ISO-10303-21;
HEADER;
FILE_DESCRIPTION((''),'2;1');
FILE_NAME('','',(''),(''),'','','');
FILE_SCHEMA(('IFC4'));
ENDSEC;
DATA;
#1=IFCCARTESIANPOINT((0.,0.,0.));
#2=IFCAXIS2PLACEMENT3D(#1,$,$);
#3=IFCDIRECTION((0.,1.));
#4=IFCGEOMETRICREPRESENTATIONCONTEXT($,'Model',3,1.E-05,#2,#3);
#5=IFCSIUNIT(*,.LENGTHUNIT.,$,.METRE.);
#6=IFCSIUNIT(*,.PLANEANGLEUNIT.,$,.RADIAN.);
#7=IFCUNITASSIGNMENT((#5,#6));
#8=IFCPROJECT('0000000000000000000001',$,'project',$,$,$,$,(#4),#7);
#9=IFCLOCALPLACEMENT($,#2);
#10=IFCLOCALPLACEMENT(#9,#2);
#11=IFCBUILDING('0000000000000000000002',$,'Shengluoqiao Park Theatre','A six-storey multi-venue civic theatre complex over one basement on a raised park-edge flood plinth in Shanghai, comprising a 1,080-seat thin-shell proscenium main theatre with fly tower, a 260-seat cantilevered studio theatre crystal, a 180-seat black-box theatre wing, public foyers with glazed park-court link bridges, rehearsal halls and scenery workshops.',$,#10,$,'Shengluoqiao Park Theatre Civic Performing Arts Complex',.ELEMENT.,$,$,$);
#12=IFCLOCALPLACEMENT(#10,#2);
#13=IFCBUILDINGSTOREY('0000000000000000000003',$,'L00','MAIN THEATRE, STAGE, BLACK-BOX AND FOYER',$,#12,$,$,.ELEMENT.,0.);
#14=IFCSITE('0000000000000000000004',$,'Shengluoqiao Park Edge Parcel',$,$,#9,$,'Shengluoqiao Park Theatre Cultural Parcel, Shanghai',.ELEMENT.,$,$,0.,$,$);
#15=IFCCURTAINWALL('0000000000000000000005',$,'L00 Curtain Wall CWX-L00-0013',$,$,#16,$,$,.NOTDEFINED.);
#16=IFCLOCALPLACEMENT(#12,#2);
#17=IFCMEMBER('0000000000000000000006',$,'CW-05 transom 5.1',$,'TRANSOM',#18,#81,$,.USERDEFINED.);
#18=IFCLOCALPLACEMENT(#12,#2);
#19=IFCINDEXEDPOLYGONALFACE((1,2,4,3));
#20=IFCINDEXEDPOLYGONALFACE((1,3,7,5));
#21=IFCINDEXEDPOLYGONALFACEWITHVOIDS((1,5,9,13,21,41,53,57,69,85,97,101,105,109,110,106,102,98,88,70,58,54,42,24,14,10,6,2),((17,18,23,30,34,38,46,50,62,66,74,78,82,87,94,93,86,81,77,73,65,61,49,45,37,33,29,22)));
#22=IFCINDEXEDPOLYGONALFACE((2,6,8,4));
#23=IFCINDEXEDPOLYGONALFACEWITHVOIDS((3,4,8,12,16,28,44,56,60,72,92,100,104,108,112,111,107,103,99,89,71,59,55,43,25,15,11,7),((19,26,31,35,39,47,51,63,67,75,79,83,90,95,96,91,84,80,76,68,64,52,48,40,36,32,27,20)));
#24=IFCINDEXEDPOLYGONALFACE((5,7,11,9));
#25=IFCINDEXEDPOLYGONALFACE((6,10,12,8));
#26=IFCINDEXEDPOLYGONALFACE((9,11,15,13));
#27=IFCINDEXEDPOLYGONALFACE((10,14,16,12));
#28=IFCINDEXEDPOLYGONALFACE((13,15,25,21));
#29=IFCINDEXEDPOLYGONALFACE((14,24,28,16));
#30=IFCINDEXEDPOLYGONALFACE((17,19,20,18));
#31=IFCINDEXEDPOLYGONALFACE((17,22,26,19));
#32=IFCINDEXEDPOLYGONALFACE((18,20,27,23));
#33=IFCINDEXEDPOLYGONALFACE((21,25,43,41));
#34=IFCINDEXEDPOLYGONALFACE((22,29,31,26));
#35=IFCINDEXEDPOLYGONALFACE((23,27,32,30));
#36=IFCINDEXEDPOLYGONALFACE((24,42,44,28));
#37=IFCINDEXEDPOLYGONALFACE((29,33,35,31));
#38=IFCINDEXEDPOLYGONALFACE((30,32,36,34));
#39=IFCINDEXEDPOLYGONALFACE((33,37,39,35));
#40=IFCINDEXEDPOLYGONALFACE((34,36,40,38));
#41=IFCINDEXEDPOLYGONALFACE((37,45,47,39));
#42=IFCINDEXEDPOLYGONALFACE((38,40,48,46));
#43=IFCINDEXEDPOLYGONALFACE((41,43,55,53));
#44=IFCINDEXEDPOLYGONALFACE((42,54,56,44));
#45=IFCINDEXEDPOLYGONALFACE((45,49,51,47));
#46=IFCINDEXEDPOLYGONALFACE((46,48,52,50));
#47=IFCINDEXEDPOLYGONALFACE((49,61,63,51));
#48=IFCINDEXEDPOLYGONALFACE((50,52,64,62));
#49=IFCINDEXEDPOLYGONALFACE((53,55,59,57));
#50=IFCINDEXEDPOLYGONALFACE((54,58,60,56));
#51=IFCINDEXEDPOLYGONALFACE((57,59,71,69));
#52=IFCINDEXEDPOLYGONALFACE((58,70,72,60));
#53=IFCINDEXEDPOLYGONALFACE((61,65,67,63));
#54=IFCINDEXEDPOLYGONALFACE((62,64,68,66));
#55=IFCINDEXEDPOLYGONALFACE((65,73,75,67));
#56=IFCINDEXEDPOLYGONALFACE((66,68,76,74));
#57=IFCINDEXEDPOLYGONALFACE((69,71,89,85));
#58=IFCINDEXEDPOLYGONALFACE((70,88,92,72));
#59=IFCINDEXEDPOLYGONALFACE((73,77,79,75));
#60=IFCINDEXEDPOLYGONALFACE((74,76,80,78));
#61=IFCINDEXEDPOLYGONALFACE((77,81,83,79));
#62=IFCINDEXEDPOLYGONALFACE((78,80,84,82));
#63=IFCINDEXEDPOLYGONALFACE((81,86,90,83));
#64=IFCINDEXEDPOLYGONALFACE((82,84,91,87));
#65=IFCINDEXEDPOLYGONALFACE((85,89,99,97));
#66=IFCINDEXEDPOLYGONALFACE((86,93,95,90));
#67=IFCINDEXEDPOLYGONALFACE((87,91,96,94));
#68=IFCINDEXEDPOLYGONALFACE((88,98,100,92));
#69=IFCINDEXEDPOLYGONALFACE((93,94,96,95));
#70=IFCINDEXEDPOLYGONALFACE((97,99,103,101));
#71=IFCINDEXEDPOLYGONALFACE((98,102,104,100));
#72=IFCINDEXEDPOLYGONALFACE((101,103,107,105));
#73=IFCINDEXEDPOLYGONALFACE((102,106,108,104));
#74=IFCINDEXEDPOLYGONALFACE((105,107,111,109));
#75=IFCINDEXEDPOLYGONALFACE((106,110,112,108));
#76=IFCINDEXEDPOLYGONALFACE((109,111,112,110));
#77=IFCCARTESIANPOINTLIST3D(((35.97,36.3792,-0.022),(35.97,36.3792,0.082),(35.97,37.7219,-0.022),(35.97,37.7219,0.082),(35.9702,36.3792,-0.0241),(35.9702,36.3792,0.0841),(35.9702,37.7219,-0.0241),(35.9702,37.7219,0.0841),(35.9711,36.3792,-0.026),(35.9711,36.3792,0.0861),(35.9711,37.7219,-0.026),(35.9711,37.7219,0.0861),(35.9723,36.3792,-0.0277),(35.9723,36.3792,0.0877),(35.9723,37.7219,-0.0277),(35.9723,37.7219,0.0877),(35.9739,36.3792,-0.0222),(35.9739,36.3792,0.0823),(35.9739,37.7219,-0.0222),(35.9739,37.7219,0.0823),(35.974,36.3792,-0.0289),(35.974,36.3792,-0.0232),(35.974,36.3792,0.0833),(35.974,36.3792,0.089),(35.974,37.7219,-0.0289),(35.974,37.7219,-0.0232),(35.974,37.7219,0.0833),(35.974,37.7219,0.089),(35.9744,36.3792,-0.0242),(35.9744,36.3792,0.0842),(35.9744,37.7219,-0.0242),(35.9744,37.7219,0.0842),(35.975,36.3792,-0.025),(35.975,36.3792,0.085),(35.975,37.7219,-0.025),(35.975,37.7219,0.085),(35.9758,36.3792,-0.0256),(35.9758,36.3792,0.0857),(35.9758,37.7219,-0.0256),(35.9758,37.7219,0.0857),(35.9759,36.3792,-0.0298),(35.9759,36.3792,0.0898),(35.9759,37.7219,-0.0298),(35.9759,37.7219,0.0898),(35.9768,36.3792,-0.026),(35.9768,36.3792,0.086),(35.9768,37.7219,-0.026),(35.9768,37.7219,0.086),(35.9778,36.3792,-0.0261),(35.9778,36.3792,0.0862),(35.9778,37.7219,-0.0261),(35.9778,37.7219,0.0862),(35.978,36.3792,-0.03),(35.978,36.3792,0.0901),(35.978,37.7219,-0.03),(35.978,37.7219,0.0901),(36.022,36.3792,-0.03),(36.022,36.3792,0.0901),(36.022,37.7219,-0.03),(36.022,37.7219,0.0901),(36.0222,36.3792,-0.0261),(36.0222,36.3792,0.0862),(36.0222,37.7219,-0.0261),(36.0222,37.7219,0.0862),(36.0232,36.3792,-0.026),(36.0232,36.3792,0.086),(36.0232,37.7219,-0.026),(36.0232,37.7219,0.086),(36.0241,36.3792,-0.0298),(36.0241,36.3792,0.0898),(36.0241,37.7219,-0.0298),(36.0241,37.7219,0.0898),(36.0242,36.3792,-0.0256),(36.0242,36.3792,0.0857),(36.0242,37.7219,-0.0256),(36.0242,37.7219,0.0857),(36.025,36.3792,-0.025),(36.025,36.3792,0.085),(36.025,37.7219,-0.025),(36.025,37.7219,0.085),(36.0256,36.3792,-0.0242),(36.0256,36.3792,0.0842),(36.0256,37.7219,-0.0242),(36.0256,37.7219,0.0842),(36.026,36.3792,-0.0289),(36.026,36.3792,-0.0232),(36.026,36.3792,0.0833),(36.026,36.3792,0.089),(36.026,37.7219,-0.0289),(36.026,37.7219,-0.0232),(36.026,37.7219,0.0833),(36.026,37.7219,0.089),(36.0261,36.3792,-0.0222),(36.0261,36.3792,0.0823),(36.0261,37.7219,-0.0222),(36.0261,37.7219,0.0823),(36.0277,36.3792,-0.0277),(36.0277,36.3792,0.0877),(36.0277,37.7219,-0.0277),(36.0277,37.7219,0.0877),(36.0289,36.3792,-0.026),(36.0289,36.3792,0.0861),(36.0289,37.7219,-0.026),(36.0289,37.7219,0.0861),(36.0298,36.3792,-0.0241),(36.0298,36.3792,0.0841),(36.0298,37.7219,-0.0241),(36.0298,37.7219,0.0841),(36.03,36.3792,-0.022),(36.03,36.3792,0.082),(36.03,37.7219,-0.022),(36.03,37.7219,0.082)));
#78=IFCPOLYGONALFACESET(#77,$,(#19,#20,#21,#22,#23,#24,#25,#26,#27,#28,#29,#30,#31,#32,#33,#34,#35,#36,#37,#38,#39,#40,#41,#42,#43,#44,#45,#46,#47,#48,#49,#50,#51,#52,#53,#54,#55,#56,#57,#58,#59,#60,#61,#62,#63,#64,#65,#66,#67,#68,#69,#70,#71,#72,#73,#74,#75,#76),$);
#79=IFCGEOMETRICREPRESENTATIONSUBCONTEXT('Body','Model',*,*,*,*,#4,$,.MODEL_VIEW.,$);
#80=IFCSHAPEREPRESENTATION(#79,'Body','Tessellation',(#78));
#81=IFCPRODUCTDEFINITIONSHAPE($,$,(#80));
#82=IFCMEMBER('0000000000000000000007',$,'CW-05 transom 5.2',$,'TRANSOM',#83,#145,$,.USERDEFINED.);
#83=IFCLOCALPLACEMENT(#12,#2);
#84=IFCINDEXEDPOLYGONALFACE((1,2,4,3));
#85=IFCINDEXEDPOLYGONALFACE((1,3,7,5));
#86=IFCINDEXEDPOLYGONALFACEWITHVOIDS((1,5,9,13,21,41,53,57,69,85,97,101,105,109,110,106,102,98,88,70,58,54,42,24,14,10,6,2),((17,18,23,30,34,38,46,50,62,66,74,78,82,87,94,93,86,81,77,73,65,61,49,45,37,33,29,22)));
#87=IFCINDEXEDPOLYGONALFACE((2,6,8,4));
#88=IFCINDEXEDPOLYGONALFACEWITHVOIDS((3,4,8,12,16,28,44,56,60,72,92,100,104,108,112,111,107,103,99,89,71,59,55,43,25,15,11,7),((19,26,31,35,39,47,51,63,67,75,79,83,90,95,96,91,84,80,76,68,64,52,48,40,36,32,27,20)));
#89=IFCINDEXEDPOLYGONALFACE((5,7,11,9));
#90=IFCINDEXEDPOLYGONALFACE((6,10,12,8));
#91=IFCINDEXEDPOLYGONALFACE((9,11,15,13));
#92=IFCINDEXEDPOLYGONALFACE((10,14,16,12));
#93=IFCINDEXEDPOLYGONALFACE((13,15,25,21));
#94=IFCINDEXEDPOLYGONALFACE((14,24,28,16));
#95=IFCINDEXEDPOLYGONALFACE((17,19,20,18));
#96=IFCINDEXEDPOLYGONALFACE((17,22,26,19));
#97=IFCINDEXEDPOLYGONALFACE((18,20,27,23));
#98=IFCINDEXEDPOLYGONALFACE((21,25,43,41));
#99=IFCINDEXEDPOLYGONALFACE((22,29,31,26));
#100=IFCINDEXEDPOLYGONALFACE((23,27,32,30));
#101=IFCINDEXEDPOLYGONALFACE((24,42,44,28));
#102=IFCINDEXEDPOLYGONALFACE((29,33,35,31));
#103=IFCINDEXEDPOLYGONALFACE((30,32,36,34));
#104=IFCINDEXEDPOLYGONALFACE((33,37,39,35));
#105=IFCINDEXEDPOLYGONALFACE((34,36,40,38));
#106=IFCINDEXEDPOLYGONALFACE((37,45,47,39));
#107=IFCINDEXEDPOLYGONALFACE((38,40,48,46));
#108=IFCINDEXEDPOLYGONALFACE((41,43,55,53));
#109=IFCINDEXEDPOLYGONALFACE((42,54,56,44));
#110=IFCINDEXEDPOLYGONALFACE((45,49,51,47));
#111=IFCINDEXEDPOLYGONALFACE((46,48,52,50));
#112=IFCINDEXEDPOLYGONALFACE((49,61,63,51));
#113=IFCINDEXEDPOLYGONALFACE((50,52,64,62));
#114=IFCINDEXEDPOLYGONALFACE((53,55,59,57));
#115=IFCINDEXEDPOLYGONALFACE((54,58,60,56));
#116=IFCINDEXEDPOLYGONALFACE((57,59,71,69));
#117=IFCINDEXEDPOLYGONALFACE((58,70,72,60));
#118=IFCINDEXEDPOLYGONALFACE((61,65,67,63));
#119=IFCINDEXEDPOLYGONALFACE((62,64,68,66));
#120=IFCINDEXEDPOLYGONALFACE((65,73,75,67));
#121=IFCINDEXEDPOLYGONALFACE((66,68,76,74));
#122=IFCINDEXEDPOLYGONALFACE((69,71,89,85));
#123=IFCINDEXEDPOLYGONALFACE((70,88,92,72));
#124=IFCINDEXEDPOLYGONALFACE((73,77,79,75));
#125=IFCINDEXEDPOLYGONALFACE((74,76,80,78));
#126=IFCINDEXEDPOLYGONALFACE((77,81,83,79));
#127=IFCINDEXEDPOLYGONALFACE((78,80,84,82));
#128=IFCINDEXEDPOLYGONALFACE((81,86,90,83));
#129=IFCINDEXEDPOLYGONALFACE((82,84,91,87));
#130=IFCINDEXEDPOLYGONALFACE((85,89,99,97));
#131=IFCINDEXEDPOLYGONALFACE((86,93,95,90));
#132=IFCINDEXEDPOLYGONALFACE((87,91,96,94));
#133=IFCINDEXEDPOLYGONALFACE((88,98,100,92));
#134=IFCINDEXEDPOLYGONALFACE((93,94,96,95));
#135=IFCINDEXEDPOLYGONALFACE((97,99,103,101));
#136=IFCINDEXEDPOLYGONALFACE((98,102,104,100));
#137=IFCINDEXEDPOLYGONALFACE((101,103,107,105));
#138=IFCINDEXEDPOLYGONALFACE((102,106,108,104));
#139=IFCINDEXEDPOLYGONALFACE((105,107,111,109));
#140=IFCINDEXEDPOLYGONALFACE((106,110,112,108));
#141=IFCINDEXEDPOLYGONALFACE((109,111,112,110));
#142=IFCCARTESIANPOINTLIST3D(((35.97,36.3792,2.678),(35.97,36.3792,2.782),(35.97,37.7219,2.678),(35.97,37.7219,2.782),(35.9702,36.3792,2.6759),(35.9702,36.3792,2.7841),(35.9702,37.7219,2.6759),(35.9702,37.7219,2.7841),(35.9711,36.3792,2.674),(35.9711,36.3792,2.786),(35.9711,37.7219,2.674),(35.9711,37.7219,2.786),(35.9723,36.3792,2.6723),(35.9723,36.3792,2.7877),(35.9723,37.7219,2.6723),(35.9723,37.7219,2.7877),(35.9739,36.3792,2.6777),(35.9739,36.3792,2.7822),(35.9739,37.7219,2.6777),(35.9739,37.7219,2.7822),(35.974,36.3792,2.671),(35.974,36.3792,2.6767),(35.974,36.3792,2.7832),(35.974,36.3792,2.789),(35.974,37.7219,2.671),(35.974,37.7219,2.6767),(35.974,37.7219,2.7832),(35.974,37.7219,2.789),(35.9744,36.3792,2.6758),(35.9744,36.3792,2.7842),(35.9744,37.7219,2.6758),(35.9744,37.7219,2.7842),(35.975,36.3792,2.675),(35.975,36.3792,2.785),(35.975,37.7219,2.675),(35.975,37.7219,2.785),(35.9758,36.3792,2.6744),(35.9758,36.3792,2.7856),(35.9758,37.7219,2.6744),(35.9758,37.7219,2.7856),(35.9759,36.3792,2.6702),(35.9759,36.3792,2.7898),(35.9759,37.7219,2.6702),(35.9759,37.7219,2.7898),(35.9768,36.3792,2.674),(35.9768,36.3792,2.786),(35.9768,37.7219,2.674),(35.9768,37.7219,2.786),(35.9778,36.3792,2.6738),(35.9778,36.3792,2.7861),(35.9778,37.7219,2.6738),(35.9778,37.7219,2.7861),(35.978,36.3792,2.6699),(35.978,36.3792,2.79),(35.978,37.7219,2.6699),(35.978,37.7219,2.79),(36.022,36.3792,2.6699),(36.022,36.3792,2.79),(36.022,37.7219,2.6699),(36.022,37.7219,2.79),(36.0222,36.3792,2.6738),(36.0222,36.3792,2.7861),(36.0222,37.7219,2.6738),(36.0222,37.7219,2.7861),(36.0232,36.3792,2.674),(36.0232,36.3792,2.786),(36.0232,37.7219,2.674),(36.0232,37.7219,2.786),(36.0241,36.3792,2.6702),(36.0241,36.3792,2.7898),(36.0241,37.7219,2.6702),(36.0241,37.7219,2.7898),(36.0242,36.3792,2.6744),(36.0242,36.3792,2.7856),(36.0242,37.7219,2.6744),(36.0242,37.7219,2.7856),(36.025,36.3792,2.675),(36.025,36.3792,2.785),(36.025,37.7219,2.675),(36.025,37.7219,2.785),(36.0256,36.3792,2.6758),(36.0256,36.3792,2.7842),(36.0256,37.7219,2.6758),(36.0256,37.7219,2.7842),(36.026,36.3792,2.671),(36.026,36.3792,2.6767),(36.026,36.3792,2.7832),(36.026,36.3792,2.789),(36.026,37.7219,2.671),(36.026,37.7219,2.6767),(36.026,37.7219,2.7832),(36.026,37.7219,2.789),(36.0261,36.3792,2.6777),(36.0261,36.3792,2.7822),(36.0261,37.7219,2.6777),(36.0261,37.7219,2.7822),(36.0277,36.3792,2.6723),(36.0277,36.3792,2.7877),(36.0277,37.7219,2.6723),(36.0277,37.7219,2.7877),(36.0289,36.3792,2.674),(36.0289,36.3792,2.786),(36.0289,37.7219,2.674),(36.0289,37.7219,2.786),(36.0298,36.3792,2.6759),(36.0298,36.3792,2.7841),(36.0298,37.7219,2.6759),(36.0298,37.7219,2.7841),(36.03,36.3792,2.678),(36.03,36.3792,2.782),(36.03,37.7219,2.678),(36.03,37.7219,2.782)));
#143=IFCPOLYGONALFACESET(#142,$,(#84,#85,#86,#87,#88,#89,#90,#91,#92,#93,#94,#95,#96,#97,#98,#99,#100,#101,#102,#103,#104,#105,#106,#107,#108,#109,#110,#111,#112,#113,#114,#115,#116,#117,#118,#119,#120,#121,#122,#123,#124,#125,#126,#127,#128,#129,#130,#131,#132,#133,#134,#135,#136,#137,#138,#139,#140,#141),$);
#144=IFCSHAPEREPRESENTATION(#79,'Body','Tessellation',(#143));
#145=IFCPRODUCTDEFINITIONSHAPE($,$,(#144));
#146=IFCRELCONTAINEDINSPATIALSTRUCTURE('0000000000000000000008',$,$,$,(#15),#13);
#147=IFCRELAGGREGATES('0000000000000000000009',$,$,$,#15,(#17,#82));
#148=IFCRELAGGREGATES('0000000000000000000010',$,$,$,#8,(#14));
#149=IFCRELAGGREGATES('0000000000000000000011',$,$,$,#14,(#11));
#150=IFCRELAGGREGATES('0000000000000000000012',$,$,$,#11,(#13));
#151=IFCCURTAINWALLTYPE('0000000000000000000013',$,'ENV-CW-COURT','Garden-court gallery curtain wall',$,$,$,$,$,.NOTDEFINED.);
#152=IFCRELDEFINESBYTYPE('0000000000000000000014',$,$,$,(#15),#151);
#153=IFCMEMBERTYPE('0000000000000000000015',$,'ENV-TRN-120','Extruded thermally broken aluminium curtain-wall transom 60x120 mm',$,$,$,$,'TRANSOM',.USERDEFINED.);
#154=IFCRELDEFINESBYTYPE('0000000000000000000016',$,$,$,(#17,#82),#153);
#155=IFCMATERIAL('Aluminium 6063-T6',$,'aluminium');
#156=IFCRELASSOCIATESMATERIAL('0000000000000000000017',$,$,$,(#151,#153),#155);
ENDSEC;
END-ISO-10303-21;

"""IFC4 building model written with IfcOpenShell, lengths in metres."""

from ifc_helpers import new_model, si_unit, direction, frame, origin, origin_2d, place, context, subcontext, project, spatial, hollow_rectangle, extrude, material, material_profile, profile_set, type_object, element, aggregate, save


model = new_model("IFC4")

# Units and contexts
model_context = context("Model", 3, precision=1e-05, world=origin(), true_north=direction((0.0, 1.0)))
body_context = subcontext(model_context, "Body", "Model", "MODEL_VIEW")
ifc_project = project(units=[si_unit("LENGTHUNIT", "METRE"), si_unit("PLANEANGLEUNIT", "RADIAN")], contexts=[model_context])

# Site, building, storey
site_placement = place(None, origin())
site = spatial("IfcSite", under=ifc_project, at=site_placement, Name="Shengluoqiao Park Edge Parcel", LongName="Shengluoqiao Park Theatre Cultural Parcel, Shanghai", CompositionType="ELEMENT", RefElevation=0.0)
building_placement = place(site_placement, origin())
building = spatial("IfcBuilding", under=site, at=building_placement, Name="Shengluoqiao Park Theatre", Description="A six-storey multi-venue civic theatre complex over one basement on a raised park-edge flood plinth in Shanghai, comprising a 1,080-seat thin-shell proscenium main theatre with fly tower, a 260-seat cantilevered studio theatre crystal, a 180-seat black-box theatre wing, public foyers with glazed park-court link bridges, rehearsal halls and scenery workshops.", LongName="Shengluoqiao Park Theatre Civic Performing Arts Complex", CompositionType="ELEMENT")
storey_placement = place(building_placement, origin())
storey = spatial("IfcBuildingStorey", under=building, at=storey_placement, Name="L00", Description="MAIN THEATRE, STAGE, BLACK-BOX AND FOYER", CompositionType="ELEMENT", Elevation=0.0)

# Curtain wall, members
ifc_material_1 = material(Name="Aluminium 6063-T6", Category="aluminium")
curtain_wall_type = type_object("IfcCurtainWallType", Name="ENV-CW-COURT", Description="Garden-court gallery curtain wall", PredefinedType="NOTDEFINED", material=ifc_material_1)
curtain_wall_placement = place(storey_placement, origin())
curtain_wall = element("IfcCurtainWall", 1, at=curtain_wall_placement, inside=storey, type_object=curtain_wall_type, Name="L00 Curtain Wall CWX-L00-0013", PredefinedType="NOTDEFINED")
ifc_material_profile_1 = material_profile(ifc_material_1, hollow_rectangle(XDim=0.0601, YDim=0.1201, WallThickness=0.0039, InnerFilletRadius=0.0039, OuterFilletRadius=0.0081, at=origin_2d()), Name="ALU TRANSOM 120x60x4")
ifc_profile_set_1 = profile_set([ifc_material_profile_1], Name="Aluminium 6063-T6")
member_type_1 = type_object("IfcMemberType", Name="ENV-TRN-120", Description="Extruded thermally broken aluminium curtain-wall transom 60x120 mm", ElementType="TRANSOM", PredefinedType="USERDEFINED", material=ifc_profile_set_1)
member_1_placement = place(storey_placement, frame((36.0, 36.3792, 0.03), z_axis=(0.0, 1.0, 0.0), x_axis=(-1.0, 0.0, 0.0)))
member_1 = element("IfcMember", 2, at=member_1_placement, type_object=member_type_1, Name="CW-05 transom 5.1", ObjectType="TRANSOM", PredefinedType="USERDEFINED", context=body_context, shape_type="SweptSolid", body=[
    extrude(hollow_rectangle(XDim=0.0601, YDim=0.1201, WallThickness=0.0039, InnerFilletRadius=0.0039, OuterFilletRadius=0.0081, at=origin_2d()), origin(), (0.0, 0.0, 1.0), 1.3428),
])
member_2_placement = place(storey_placement, frame((36.0, 36.3792, 2.73), z_axis=(0.0, 1.0, 0.0), x_axis=(-1.0, 0.0, 0.0)))
member_2 = element("IfcMember", 3, at=member_2_placement, type_object=member_type_1, Name="CW-05 transom 5.2", ObjectType="TRANSOM", PredefinedType="USERDEFINED", context=body_context, shape_type="SweptSolid", body=[
    extrude(hollow_rectangle(XDim=0.0601, YDim=0.1201, WallThickness=0.0039, InnerFilletRadius=0.0039, OuterFilletRadius=0.0081, at=origin_2d()), origin(), (0.0, 0.0, 1.0), 1.3428),
])
aggregate(curtain_wall, [member_1, member_2])

save(model, "model.ifc")
